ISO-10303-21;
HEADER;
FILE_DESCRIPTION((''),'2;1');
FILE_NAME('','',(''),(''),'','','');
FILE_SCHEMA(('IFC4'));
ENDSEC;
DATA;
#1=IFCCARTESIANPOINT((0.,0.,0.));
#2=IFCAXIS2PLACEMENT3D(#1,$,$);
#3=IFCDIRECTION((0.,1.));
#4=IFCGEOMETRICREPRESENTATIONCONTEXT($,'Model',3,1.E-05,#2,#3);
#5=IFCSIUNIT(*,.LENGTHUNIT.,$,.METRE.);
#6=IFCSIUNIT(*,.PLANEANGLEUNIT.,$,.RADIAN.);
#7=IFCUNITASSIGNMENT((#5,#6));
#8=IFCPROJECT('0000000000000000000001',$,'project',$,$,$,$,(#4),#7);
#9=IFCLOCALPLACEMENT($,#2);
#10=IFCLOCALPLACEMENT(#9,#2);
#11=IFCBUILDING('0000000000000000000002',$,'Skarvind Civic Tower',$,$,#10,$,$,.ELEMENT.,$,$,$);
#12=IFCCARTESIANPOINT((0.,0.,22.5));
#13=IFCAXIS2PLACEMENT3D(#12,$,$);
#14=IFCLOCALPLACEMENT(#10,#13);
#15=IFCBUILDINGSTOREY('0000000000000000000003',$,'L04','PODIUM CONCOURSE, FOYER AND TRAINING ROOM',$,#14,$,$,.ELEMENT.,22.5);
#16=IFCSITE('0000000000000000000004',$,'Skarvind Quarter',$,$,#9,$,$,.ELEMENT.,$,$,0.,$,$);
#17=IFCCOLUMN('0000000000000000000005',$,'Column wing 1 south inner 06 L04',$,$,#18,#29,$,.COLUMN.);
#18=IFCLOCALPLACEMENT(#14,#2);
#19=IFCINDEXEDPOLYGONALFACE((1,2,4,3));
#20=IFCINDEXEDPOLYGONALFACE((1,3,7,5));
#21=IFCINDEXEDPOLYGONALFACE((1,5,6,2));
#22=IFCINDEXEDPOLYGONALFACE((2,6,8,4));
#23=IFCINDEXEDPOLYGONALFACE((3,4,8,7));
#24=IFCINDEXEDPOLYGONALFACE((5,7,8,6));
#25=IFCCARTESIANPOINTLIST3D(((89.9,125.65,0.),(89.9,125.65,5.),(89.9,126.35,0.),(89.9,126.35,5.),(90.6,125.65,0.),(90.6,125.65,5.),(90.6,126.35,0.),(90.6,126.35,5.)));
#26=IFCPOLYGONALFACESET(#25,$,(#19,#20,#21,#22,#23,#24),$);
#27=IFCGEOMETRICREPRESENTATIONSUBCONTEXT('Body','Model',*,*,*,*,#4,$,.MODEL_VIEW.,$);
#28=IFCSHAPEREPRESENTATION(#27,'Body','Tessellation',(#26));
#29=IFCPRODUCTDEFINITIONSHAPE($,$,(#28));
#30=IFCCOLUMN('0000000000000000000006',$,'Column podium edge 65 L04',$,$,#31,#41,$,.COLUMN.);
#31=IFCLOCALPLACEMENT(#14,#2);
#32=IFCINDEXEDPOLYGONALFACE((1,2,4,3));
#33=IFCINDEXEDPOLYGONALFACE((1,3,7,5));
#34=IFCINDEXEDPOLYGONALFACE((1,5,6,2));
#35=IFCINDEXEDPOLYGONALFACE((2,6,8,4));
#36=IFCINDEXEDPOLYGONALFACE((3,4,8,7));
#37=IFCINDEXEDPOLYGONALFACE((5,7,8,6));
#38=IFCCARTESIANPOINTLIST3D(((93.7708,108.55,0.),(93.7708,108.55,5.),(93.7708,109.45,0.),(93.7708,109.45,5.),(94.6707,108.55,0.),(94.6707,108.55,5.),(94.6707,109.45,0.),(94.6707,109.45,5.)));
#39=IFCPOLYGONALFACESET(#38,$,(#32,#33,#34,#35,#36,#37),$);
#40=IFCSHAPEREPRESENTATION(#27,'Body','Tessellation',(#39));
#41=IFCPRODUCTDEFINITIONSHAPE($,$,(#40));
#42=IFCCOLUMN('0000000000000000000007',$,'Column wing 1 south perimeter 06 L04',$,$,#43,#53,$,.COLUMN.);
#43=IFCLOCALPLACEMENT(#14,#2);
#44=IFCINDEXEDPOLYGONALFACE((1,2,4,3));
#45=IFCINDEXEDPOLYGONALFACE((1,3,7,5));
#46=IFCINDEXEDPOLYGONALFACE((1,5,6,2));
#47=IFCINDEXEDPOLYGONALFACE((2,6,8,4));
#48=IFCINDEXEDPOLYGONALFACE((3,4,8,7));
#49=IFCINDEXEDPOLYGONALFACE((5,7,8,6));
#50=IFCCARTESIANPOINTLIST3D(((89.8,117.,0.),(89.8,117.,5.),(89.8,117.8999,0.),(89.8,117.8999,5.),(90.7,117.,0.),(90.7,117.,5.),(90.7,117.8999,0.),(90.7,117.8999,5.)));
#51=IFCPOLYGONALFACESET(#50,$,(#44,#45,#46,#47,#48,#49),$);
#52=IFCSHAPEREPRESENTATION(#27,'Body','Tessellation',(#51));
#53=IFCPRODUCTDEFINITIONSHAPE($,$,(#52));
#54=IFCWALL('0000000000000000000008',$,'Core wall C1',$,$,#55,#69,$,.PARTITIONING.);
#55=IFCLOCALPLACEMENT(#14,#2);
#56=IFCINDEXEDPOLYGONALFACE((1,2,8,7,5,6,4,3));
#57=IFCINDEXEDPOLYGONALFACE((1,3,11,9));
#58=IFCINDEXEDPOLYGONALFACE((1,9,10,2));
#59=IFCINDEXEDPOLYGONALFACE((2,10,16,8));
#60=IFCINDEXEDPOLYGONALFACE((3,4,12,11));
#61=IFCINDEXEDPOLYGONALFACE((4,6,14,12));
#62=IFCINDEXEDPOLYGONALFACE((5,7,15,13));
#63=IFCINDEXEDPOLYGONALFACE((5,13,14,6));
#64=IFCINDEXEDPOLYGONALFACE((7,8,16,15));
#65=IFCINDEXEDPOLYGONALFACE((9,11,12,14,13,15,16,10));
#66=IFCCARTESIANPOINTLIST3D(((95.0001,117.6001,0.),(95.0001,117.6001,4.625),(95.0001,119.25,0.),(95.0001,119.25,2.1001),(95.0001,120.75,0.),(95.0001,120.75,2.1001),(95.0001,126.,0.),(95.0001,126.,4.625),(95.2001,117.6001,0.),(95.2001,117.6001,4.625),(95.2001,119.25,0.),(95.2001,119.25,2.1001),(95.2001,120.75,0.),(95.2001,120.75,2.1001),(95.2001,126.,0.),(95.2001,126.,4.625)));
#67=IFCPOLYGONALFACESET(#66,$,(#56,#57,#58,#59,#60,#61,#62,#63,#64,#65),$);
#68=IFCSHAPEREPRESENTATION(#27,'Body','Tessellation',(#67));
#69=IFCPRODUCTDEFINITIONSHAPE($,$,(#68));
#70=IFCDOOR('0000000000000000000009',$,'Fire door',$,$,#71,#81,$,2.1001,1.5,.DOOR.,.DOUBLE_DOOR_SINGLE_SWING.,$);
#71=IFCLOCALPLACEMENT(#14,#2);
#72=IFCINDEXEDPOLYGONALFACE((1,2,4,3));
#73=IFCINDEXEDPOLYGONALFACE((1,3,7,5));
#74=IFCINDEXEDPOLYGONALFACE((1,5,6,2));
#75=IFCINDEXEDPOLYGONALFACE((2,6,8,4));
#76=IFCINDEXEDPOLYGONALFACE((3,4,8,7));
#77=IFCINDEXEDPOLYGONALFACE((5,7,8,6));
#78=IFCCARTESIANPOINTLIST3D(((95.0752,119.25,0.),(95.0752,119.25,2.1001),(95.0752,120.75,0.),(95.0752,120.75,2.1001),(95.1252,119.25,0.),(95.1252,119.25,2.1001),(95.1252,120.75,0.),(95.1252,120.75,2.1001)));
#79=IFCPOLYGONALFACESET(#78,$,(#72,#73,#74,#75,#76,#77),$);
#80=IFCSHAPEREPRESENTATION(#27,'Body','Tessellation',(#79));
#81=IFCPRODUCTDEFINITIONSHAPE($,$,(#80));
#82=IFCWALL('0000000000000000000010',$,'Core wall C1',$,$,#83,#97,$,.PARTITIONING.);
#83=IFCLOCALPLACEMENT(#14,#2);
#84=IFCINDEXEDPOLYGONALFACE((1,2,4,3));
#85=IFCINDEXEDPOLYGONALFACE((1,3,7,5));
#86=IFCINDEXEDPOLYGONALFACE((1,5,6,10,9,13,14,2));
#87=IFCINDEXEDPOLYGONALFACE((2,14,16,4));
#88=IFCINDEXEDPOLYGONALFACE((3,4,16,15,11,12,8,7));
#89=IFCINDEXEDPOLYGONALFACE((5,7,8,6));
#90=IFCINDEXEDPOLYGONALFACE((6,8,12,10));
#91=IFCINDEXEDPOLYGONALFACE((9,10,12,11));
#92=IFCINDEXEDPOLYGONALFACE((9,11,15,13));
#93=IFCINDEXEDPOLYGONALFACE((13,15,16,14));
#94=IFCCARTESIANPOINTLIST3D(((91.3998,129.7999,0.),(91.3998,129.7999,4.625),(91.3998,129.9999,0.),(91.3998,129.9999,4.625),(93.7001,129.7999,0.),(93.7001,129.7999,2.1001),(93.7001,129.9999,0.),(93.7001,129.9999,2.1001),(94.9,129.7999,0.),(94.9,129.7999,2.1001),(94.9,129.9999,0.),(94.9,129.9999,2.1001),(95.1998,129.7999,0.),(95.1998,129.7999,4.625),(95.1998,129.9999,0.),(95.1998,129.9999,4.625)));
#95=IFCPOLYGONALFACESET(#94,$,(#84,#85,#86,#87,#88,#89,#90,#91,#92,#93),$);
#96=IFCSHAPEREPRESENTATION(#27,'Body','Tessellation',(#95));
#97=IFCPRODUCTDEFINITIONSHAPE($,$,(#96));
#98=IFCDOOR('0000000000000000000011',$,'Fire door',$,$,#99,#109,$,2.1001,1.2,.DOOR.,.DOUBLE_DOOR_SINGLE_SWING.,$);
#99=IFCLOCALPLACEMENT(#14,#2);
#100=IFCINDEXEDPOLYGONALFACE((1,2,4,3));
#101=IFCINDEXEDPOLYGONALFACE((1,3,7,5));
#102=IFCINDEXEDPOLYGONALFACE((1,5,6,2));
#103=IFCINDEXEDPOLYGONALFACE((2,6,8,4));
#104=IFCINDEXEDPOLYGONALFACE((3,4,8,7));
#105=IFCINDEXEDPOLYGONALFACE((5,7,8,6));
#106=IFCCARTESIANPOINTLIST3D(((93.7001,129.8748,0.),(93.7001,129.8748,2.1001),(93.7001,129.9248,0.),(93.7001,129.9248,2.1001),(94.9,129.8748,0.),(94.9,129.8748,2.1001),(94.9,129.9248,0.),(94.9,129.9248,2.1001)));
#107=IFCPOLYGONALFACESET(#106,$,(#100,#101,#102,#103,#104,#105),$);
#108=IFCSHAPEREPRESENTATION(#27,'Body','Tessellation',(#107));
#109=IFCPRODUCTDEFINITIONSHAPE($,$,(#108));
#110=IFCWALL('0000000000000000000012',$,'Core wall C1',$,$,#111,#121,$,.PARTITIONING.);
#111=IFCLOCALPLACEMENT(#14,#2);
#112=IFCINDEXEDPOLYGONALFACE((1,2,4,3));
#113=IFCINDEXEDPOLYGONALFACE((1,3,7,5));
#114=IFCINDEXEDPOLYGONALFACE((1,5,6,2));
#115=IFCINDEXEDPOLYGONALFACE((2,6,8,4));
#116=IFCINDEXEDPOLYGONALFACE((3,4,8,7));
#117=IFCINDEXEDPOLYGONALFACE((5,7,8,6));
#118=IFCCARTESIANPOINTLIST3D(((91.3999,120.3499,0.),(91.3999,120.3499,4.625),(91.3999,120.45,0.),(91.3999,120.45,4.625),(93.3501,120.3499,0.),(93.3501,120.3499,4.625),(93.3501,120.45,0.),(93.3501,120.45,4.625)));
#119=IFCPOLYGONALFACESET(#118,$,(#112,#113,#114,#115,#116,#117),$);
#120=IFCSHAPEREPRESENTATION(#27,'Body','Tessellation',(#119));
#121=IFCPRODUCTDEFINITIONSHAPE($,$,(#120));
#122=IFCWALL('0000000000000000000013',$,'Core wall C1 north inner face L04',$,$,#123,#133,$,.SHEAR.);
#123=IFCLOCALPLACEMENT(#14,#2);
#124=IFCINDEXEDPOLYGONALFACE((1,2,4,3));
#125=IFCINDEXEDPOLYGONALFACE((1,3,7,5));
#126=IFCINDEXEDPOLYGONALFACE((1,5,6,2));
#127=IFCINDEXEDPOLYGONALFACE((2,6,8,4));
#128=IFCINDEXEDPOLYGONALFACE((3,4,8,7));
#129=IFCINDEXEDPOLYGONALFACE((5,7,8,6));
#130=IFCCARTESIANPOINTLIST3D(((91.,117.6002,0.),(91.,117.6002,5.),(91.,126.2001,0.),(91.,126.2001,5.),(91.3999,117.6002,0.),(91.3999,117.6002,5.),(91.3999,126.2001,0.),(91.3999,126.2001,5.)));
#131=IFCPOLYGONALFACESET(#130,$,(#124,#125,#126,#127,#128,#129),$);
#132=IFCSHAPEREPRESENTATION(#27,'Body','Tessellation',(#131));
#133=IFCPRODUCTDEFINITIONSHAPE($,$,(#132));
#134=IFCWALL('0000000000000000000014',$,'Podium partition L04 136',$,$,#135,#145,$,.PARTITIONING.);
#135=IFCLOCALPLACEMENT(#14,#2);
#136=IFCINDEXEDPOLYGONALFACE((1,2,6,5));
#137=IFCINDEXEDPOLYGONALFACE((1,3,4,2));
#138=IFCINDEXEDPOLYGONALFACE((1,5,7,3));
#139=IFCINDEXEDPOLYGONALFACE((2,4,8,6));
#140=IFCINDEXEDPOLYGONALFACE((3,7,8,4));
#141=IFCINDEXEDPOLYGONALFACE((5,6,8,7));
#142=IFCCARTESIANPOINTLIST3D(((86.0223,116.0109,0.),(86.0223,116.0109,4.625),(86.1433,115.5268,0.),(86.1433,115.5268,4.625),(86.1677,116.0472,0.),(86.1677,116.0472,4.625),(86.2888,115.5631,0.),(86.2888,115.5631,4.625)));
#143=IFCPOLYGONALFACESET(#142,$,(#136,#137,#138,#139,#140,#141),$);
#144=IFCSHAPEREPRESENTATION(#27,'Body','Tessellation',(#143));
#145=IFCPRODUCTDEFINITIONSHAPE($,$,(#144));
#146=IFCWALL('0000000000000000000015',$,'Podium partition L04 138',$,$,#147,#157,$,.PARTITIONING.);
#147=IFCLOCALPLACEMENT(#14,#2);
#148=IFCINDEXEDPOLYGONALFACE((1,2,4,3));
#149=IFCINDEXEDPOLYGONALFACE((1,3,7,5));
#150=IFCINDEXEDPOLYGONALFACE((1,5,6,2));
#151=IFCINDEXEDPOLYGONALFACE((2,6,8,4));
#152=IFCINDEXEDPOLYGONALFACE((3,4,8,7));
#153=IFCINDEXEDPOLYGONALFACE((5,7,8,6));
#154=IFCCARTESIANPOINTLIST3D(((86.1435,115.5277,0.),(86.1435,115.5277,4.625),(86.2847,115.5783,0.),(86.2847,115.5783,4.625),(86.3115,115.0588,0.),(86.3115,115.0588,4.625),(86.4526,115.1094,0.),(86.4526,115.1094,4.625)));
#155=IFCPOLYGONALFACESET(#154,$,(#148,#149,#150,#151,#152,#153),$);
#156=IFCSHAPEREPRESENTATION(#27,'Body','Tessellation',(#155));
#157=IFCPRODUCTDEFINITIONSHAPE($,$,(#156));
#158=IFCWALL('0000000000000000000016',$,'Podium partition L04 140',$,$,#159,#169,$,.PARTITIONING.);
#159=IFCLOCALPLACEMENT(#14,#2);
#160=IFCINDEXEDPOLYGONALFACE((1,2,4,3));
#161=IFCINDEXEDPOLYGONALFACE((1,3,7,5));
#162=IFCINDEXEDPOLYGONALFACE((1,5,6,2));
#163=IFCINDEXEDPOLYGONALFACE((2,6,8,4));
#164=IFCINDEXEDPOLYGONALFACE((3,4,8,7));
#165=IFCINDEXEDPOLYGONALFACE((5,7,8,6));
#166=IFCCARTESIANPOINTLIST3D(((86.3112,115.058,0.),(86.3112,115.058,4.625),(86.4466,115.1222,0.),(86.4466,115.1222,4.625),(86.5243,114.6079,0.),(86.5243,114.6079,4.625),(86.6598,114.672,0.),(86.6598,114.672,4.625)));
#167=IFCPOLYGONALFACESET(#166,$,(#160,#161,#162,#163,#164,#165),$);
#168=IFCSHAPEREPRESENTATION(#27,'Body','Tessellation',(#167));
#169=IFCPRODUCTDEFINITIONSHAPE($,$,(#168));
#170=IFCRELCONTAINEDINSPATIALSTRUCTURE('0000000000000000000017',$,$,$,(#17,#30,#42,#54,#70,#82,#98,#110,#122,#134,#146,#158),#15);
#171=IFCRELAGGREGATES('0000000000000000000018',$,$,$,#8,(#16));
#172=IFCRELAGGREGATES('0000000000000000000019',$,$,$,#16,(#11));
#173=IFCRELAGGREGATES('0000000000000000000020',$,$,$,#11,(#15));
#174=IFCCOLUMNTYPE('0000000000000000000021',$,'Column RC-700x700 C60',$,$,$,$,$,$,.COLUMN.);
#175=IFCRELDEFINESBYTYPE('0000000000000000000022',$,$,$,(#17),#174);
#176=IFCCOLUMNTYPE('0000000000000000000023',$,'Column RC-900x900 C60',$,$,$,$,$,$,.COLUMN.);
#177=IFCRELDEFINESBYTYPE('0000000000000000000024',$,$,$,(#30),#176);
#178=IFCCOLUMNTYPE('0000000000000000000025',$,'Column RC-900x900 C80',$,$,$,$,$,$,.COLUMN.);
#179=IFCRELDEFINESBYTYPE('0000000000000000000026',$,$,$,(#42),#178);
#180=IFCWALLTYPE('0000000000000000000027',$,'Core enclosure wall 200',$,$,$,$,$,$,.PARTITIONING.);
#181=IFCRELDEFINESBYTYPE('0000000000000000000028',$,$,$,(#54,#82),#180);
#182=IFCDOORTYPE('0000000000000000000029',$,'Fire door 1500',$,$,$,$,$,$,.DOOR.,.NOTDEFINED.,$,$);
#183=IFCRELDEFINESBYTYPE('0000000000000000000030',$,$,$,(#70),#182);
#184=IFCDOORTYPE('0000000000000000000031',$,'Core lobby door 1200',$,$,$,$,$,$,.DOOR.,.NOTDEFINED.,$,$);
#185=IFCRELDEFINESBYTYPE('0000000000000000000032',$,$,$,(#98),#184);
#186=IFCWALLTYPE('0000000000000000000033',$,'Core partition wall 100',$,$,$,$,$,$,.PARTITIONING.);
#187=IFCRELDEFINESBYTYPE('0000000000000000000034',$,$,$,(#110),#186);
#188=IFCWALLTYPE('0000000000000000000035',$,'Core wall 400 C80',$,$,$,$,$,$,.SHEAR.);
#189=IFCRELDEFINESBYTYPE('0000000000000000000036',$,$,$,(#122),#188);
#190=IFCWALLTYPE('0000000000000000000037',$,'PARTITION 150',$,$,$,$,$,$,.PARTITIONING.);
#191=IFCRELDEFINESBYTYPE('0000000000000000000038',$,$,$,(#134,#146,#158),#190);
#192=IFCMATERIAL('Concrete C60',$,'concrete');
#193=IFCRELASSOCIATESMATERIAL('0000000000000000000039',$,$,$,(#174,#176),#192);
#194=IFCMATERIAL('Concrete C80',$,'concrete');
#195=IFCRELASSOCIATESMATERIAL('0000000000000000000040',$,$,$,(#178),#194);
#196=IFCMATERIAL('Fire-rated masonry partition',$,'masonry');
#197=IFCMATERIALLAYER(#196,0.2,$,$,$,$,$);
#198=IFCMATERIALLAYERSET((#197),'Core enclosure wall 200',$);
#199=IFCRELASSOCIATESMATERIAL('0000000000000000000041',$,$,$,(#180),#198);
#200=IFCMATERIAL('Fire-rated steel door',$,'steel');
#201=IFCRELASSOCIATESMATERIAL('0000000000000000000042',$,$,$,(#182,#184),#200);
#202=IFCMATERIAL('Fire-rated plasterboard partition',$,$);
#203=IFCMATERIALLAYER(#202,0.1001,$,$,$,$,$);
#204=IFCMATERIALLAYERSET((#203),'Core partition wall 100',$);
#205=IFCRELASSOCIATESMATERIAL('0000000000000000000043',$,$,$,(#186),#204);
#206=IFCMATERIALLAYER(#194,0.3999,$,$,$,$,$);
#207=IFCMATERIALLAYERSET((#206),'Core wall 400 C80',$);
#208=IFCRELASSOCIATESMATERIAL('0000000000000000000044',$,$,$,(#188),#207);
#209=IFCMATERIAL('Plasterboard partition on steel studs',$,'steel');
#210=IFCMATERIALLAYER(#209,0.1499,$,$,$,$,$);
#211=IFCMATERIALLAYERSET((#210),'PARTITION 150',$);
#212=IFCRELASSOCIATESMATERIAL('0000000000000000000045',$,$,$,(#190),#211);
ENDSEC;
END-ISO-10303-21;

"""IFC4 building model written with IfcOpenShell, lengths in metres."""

from ifc_helpers import new_model, si_unit, direction, frame, frame_2d, origin, origin_2d, place, context, subcontext, project, spatial, rectangle, extrude, material, layer, layer_set, material_profile, profile_set, type_object, element, fill, save


model = new_model("IFC4")

# Units and contexts
model_context = context("Model", 3, precision=1e-05, world=origin(), true_north=direction((0.0, 1.0)))
body_context = subcontext(model_context, "Body", "Model", "MODEL_VIEW")
ifc_project = project(units=[si_unit("LENGTHUNIT", "METRE"), si_unit("PLANEANGLEUNIT", "RADIAN")], contexts=[model_context])

# Site, building, storey
site_placement = place(None, origin())
site = spatial("IfcSite", under=ifc_project, at=site_placement, Name="Skarvind Quarter", CompositionType="ELEMENT", RefElevation=0.0)
building_placement = place(site_placement, origin())
building = spatial("IfcBuilding", under=site, at=building_placement, Name="Skarvind Civic Tower", CompositionType="ELEMENT")
storey_placement = place(building_placement, frame((0.0, 0.0, 22.5)))
storey = spatial("IfcBuildingStorey", under=building, at=storey_placement, Name="L04", Description="PODIUM CONCOURSE, FOYER AND TRAINING ROOM", CompositionType="ELEMENT", Elevation=22.5)

# Columns
ifc_material_1 = material(Name="Concrete C60", Category="concrete")
ifc_material_profile_1 = material_profile(ifc_material_1, rectangle(XDim=0.7, YDim=0.7, at=origin_2d()), Name="RC-700x700")
ifc_profile_set_1 = profile_set([ifc_material_profile_1], Name="Concrete C60")
column_type_1 = type_object("IfcColumnType", Name="Column RC-700x700 C60", PredefinedType="COLUMN", material=ifc_profile_set_1)
column_1_placement = place(storey_placement, frame((90.25, 126.0, 0.0), z_axis=(0.0, 0.0, 1.0), x_axis=(1.0, 0.0, 0.0)))
element("IfcColumn", 1, at=column_1_placement, inside=storey, type_object=column_type_1, Name="Column wing 1 south inner 06 L04", PredefinedType="COLUMN", context=body_context, shape_type="SweptSolid", body=[
    extrude(rectangle(XDim=0.7, YDim=0.7, at=origin_2d()), origin(), (0.0, 0.0, 1.0), 5.0),
])
ifc_material_profile_2 = material_profile(ifc_material_1, rectangle(XDim=0.8999, YDim=0.8999, at=origin_2d()), Name="RC-900x900")
ifc_profile_set_2 = profile_set([ifc_material_profile_2], Name="Concrete C60")
column_type_2 = type_object("IfcColumnType", Name="Column RC-900x900 C60", PredefinedType="COLUMN", material=ifc_profile_set_2)
column_2_placement = place(storey_placement, frame((94.2207, 109.0, 0.0), z_axis=(0.0, 0.0, 1.0), x_axis=(1.0, 0.0, 0.0)))
element("IfcColumn", 2, at=column_2_placement, inside=storey, type_object=column_type_2, Name="Column podium edge 65 L04", PredefinedType="COLUMN", context=body_context, shape_type="SweptSolid", body=[
    extrude(rectangle(XDim=0.8999, YDim=0.8999, at=origin_2d()), origin(), (0.0, 0.0, 1.0), 5.0),
])
ifc_material_2 = material(Name="Concrete C80", Category="concrete")
ifc_material_profile_3 = material_profile(ifc_material_2, rectangle(XDim=0.8999, YDim=0.8999, at=origin_2d()), Name="RC-900x900")
ifc_profile_set_3 = profile_set([ifc_material_profile_3], Name="Concrete C80")
column_type_3 = type_object("IfcColumnType", Name="Column RC-900x900 C80", PredefinedType="COLUMN", material=ifc_profile_set_3)
column_3_placement = place(storey_placement, frame((90.25, 117.45, 0.0), z_axis=(0.0, 0.0, 1.0), x_axis=(1.0, 0.0, 0.0)))
element("IfcColumn", 3, at=column_3_placement, inside=storey, type_object=column_type_3, Name="Column wing 1 south perimeter 06 L04", PredefinedType="COLUMN", context=body_context, shape_type="SweptSolid", body=[
    extrude(rectangle(XDim=0.8999, YDim=0.8999, at=origin_2d()), origin(), (0.0, 0.0, 1.0), 5.0),
])

# Walls, openings, doors
ifc_material_3 = material(Name="Fire-rated masonry partition", Category="masonry")
ifc_layer_1 = layer(ifc_material_3, 0.2)
ifc_layer_set_1 = layer_set([ifc_layer_1], Name="Core enclosure wall 200")
wall_type_1 = type_object("IfcWallType", Name="Core enclosure wall 200", PredefinedType="PARTITIONING", material=ifc_layer_set_1)
wall_1_placement = place(storey_placement, frame((95.1001, 117.6001, 0.0), z_axis=(0.0, 0.0, 1.0), x_axis=(0.0, 1.0, 0.0)))
wall_1 = element("IfcWall", 4, at=wall_1_placement, inside=storey, type_object=wall_type_1, Name="Core wall C1", PredefinedType="PARTITIONING", context=body_context, shape_type="SweptSolid", body=[
    extrude(rectangle(XDim=8.3999, YDim=0.2, at=frame_2d((4.2, 0.0))), origin(), (0.0, 0.0, 1.0), 4.625),
])
opening_1_placement = place(wall_1_placement, frame((1.6499, 0.0, 0.0)))
opening_1 = element("IfcOpeningElement", 5, at=opening_1_placement, cuts=wall_1, PredefinedType="OPENING", context=body_context, shape_type="SweptSolid", body=[
    extrude(rectangle(XDim=1.5, YDim=2.1001, at=frame_2d((0.75, 1.05))), frame((0.0, 0.1099, 0.0), z_axis=(0.0, -1.0, 0.0), x_axis=(1.0, 0.0, 0.0)), (0.0, 0.0, 1.0), 0.22),
])
ifc_material_4 = material(Name="Fire-rated steel door", Category="steel")
door_type_1 = type_object("IfcDoorType", Name="Fire door 1500", OperationType="NOTDEFINED", PredefinedType="DOOR", material=ifc_material_4)
door_1_placement = place(opening_1_placement, origin())
door_1 = element("IfcDoor", 6, at=door_1_placement, inside=storey, type_object=door_type_1, Name="Fire door", OperationType="DOUBLE_DOOR_SINGLE_SWING", OverallHeight=2.1001, OverallWidth=1.5, PredefinedType="DOOR", context=body_context, shape_type="SweptSolid", body=[
    extrude(rectangle(XDim=1.5, YDim=2.1001, at=frame_2d((0.75, 1.05))), frame((0.0, 0.0249, 0.0), z_axis=(0.0, -1.0, 0.0), x_axis=(1.0, 0.0, 0.0)), (0.0, 0.0, 1.0), 0.05),
])
fill(opening_1, door_1)
wall_2_placement = place(storey_placement, frame((91.3999, 129.8999, 0.0), z_axis=(0.0, 0.0, 1.0), x_axis=(1.0, 0.0, 0.0)))
wall_2 = element("IfcWall", 7, at=wall_2_placement, inside=storey, type_object=wall_type_1, Name="Core wall C1", PredefinedType="PARTITIONING", context=body_context, shape_type="SweptSolid", body=[
    extrude(rectangle(XDim=3.8, YDim=0.2, at=frame_2d((1.8999, 0.0))), origin(), (0.0, 0.0, 1.0), 4.625),
])
opening_2_placement = place(wall_2_placement, frame((2.3, 0.0, 0.0)))
opening_2 = element("IfcOpeningElement", 8, at=opening_2_placement, cuts=wall_2, PredefinedType="OPENING", context=body_context, shape_type="SweptSolid", body=[
    extrude(rectangle(XDim=1.2, YDim=2.1001, at=frame_2d((0.6001, 1.05))), frame((0.0, 0.1099, 0.0), z_axis=(0.0, -1.0, 0.0), x_axis=(1.0, 0.0, 0.0)), (0.0, 0.0, 1.0), 0.22),
])
door_type_2 = type_object("IfcDoorType", Name="Core lobby door 1200", OperationType="NOTDEFINED", PredefinedType="DOOR", material=ifc_material_4)
door_2_placement = place(opening_2_placement, origin())
door_2 = element("IfcDoor", 9, at=door_2_placement, inside=storey, type_object=door_type_2, Name="Fire door", OperationType="DOUBLE_DOOR_SINGLE_SWING", OverallHeight=2.1001, OverallWidth=1.2, PredefinedType="DOOR", context=body_context, shape_type="SweptSolid", body=[
    extrude(rectangle(XDim=1.2, YDim=2.1001, at=frame_2d((0.6001, 1.05))), frame((0.0, 0.0249, 0.0), z_axis=(0.0, -1.0, 0.0), x_axis=(1.0, 0.0, 0.0)), (0.0, 0.0, 1.0), 0.05),
])
fill(opening_2, door_2)

# Walls
ifc_material_5 = material(Name="Fire-rated plasterboard partition")
ifc_layer_2 = layer(ifc_material_5, 0.1001)
ifc_layer_set_2 = layer_set([ifc_layer_2], Name="Core partition wall 100")
wall_type_2 = type_object("IfcWallType", Name="Core partition wall 100", PredefinedType="PARTITIONING", material=ifc_layer_set_2)
wall_3_placement = place(storey_placement, frame((93.3501, 120.3999, 0.0), z_axis=(0.0, 0.0, 1.0), x_axis=(-1.0, 0.0, 0.0)))
element("IfcWall", 10, at=wall_3_placement, inside=storey, type_object=wall_type_2, Name="Core wall C1", PredefinedType="PARTITIONING", context=body_context, shape_type="SweptSolid", body=[
    extrude(rectangle(XDim=1.9502, YDim=0.1001, at=frame_2d((0.9751, 0.0))), origin(), (0.0, 0.0, 1.0), 4.625),
])
ifc_layer_3 = layer(ifc_material_2, 0.3999)
ifc_layer_set_3 = layer_set([ifc_layer_3], Name="Core wall 400 C80")
wall_type_3 = type_object("IfcWallType", Name="Core wall 400 C80", PredefinedType="SHEAR", material=ifc_layer_set_3)
wall_4_placement = place(storey_placement, frame((91.2, 126.2, 0.0), z_axis=(0.0, 0.0, 1.0), x_axis=(0.0, -1.0, 0.0)))
element("IfcWall", 11, at=wall_4_placement, inside=storey, type_object=wall_type_3, Name="Core wall C1 north inner face L04", PredefinedType="SHEAR", context=body_context, shape_type="SweptSolid", body=[
    extrude(rectangle(XDim=8.5999, YDim=0.3999, at=frame_2d((4.2998, 0.0))), origin(), (0.0, 0.0, 1.0), 5.0),
])
ifc_material_6 = material(Name="Plasterboard partition on steel studs", Category="steel")
ifc_layer_4 = layer(ifc_material_6, 0.1499)
ifc_layer_set_4 = layer_set([ifc_layer_4], Name="PARTITION 150")
wall_type_4 = type_object("IfcWallType", Name="PARTITION 150", PredefinedType="PARTITIONING", material=ifc_layer_set_4)
wall_5_placement = place(storey_placement, frame((86.095, 116.0291, 0.0), z_axis=(0.0, 0.0, 1.0), x_axis=(0.242651, -0.970114, 0.0)))
element("IfcWall", 12, at=wall_5_placement, inside=storey, type_object=wall_type_4, Name="Podium partition L04 136", PredefinedType="PARTITIONING", context=body_context, shape_type="SweptSolid", body=[
    extrude(rectangle(XDim=0.499, YDim=0.1499, at=frame_2d((0.2495, 0.0))), origin(), (0.0, 0.0, 1.0), 4.625),
])
for number, where, z_axis, x_axis, name in (
    (13, (86.2141, 115.553, 0.0), (0.0, 0.0, 1.0), (0.337174, -0.941442, 0.0), "Podium partition L04 138"),
    (14, (86.3789, 115.0901, 0.0), (0.0, 0.0, 1.0), (0.427897, -0.903828, 0.0), "Podium partition L04 140"),
):
    element("IfcWall", number, at=place(storey_placement, frame(where, z_axis=z_axis, x_axis=x_axis)), inside=storey, type_object=wall_type_4, Name=name, PredefinedType="PARTITIONING", context=body_context, shape_type="SweptSolid", body=[
        extrude(rectangle(XDim=0.498, YDim=0.1499, at=frame_2d((0.249, 0.0))), origin(), (0.0, 0.0, 1.0), 4.625),
    ])

save(model, "model.ifc")
